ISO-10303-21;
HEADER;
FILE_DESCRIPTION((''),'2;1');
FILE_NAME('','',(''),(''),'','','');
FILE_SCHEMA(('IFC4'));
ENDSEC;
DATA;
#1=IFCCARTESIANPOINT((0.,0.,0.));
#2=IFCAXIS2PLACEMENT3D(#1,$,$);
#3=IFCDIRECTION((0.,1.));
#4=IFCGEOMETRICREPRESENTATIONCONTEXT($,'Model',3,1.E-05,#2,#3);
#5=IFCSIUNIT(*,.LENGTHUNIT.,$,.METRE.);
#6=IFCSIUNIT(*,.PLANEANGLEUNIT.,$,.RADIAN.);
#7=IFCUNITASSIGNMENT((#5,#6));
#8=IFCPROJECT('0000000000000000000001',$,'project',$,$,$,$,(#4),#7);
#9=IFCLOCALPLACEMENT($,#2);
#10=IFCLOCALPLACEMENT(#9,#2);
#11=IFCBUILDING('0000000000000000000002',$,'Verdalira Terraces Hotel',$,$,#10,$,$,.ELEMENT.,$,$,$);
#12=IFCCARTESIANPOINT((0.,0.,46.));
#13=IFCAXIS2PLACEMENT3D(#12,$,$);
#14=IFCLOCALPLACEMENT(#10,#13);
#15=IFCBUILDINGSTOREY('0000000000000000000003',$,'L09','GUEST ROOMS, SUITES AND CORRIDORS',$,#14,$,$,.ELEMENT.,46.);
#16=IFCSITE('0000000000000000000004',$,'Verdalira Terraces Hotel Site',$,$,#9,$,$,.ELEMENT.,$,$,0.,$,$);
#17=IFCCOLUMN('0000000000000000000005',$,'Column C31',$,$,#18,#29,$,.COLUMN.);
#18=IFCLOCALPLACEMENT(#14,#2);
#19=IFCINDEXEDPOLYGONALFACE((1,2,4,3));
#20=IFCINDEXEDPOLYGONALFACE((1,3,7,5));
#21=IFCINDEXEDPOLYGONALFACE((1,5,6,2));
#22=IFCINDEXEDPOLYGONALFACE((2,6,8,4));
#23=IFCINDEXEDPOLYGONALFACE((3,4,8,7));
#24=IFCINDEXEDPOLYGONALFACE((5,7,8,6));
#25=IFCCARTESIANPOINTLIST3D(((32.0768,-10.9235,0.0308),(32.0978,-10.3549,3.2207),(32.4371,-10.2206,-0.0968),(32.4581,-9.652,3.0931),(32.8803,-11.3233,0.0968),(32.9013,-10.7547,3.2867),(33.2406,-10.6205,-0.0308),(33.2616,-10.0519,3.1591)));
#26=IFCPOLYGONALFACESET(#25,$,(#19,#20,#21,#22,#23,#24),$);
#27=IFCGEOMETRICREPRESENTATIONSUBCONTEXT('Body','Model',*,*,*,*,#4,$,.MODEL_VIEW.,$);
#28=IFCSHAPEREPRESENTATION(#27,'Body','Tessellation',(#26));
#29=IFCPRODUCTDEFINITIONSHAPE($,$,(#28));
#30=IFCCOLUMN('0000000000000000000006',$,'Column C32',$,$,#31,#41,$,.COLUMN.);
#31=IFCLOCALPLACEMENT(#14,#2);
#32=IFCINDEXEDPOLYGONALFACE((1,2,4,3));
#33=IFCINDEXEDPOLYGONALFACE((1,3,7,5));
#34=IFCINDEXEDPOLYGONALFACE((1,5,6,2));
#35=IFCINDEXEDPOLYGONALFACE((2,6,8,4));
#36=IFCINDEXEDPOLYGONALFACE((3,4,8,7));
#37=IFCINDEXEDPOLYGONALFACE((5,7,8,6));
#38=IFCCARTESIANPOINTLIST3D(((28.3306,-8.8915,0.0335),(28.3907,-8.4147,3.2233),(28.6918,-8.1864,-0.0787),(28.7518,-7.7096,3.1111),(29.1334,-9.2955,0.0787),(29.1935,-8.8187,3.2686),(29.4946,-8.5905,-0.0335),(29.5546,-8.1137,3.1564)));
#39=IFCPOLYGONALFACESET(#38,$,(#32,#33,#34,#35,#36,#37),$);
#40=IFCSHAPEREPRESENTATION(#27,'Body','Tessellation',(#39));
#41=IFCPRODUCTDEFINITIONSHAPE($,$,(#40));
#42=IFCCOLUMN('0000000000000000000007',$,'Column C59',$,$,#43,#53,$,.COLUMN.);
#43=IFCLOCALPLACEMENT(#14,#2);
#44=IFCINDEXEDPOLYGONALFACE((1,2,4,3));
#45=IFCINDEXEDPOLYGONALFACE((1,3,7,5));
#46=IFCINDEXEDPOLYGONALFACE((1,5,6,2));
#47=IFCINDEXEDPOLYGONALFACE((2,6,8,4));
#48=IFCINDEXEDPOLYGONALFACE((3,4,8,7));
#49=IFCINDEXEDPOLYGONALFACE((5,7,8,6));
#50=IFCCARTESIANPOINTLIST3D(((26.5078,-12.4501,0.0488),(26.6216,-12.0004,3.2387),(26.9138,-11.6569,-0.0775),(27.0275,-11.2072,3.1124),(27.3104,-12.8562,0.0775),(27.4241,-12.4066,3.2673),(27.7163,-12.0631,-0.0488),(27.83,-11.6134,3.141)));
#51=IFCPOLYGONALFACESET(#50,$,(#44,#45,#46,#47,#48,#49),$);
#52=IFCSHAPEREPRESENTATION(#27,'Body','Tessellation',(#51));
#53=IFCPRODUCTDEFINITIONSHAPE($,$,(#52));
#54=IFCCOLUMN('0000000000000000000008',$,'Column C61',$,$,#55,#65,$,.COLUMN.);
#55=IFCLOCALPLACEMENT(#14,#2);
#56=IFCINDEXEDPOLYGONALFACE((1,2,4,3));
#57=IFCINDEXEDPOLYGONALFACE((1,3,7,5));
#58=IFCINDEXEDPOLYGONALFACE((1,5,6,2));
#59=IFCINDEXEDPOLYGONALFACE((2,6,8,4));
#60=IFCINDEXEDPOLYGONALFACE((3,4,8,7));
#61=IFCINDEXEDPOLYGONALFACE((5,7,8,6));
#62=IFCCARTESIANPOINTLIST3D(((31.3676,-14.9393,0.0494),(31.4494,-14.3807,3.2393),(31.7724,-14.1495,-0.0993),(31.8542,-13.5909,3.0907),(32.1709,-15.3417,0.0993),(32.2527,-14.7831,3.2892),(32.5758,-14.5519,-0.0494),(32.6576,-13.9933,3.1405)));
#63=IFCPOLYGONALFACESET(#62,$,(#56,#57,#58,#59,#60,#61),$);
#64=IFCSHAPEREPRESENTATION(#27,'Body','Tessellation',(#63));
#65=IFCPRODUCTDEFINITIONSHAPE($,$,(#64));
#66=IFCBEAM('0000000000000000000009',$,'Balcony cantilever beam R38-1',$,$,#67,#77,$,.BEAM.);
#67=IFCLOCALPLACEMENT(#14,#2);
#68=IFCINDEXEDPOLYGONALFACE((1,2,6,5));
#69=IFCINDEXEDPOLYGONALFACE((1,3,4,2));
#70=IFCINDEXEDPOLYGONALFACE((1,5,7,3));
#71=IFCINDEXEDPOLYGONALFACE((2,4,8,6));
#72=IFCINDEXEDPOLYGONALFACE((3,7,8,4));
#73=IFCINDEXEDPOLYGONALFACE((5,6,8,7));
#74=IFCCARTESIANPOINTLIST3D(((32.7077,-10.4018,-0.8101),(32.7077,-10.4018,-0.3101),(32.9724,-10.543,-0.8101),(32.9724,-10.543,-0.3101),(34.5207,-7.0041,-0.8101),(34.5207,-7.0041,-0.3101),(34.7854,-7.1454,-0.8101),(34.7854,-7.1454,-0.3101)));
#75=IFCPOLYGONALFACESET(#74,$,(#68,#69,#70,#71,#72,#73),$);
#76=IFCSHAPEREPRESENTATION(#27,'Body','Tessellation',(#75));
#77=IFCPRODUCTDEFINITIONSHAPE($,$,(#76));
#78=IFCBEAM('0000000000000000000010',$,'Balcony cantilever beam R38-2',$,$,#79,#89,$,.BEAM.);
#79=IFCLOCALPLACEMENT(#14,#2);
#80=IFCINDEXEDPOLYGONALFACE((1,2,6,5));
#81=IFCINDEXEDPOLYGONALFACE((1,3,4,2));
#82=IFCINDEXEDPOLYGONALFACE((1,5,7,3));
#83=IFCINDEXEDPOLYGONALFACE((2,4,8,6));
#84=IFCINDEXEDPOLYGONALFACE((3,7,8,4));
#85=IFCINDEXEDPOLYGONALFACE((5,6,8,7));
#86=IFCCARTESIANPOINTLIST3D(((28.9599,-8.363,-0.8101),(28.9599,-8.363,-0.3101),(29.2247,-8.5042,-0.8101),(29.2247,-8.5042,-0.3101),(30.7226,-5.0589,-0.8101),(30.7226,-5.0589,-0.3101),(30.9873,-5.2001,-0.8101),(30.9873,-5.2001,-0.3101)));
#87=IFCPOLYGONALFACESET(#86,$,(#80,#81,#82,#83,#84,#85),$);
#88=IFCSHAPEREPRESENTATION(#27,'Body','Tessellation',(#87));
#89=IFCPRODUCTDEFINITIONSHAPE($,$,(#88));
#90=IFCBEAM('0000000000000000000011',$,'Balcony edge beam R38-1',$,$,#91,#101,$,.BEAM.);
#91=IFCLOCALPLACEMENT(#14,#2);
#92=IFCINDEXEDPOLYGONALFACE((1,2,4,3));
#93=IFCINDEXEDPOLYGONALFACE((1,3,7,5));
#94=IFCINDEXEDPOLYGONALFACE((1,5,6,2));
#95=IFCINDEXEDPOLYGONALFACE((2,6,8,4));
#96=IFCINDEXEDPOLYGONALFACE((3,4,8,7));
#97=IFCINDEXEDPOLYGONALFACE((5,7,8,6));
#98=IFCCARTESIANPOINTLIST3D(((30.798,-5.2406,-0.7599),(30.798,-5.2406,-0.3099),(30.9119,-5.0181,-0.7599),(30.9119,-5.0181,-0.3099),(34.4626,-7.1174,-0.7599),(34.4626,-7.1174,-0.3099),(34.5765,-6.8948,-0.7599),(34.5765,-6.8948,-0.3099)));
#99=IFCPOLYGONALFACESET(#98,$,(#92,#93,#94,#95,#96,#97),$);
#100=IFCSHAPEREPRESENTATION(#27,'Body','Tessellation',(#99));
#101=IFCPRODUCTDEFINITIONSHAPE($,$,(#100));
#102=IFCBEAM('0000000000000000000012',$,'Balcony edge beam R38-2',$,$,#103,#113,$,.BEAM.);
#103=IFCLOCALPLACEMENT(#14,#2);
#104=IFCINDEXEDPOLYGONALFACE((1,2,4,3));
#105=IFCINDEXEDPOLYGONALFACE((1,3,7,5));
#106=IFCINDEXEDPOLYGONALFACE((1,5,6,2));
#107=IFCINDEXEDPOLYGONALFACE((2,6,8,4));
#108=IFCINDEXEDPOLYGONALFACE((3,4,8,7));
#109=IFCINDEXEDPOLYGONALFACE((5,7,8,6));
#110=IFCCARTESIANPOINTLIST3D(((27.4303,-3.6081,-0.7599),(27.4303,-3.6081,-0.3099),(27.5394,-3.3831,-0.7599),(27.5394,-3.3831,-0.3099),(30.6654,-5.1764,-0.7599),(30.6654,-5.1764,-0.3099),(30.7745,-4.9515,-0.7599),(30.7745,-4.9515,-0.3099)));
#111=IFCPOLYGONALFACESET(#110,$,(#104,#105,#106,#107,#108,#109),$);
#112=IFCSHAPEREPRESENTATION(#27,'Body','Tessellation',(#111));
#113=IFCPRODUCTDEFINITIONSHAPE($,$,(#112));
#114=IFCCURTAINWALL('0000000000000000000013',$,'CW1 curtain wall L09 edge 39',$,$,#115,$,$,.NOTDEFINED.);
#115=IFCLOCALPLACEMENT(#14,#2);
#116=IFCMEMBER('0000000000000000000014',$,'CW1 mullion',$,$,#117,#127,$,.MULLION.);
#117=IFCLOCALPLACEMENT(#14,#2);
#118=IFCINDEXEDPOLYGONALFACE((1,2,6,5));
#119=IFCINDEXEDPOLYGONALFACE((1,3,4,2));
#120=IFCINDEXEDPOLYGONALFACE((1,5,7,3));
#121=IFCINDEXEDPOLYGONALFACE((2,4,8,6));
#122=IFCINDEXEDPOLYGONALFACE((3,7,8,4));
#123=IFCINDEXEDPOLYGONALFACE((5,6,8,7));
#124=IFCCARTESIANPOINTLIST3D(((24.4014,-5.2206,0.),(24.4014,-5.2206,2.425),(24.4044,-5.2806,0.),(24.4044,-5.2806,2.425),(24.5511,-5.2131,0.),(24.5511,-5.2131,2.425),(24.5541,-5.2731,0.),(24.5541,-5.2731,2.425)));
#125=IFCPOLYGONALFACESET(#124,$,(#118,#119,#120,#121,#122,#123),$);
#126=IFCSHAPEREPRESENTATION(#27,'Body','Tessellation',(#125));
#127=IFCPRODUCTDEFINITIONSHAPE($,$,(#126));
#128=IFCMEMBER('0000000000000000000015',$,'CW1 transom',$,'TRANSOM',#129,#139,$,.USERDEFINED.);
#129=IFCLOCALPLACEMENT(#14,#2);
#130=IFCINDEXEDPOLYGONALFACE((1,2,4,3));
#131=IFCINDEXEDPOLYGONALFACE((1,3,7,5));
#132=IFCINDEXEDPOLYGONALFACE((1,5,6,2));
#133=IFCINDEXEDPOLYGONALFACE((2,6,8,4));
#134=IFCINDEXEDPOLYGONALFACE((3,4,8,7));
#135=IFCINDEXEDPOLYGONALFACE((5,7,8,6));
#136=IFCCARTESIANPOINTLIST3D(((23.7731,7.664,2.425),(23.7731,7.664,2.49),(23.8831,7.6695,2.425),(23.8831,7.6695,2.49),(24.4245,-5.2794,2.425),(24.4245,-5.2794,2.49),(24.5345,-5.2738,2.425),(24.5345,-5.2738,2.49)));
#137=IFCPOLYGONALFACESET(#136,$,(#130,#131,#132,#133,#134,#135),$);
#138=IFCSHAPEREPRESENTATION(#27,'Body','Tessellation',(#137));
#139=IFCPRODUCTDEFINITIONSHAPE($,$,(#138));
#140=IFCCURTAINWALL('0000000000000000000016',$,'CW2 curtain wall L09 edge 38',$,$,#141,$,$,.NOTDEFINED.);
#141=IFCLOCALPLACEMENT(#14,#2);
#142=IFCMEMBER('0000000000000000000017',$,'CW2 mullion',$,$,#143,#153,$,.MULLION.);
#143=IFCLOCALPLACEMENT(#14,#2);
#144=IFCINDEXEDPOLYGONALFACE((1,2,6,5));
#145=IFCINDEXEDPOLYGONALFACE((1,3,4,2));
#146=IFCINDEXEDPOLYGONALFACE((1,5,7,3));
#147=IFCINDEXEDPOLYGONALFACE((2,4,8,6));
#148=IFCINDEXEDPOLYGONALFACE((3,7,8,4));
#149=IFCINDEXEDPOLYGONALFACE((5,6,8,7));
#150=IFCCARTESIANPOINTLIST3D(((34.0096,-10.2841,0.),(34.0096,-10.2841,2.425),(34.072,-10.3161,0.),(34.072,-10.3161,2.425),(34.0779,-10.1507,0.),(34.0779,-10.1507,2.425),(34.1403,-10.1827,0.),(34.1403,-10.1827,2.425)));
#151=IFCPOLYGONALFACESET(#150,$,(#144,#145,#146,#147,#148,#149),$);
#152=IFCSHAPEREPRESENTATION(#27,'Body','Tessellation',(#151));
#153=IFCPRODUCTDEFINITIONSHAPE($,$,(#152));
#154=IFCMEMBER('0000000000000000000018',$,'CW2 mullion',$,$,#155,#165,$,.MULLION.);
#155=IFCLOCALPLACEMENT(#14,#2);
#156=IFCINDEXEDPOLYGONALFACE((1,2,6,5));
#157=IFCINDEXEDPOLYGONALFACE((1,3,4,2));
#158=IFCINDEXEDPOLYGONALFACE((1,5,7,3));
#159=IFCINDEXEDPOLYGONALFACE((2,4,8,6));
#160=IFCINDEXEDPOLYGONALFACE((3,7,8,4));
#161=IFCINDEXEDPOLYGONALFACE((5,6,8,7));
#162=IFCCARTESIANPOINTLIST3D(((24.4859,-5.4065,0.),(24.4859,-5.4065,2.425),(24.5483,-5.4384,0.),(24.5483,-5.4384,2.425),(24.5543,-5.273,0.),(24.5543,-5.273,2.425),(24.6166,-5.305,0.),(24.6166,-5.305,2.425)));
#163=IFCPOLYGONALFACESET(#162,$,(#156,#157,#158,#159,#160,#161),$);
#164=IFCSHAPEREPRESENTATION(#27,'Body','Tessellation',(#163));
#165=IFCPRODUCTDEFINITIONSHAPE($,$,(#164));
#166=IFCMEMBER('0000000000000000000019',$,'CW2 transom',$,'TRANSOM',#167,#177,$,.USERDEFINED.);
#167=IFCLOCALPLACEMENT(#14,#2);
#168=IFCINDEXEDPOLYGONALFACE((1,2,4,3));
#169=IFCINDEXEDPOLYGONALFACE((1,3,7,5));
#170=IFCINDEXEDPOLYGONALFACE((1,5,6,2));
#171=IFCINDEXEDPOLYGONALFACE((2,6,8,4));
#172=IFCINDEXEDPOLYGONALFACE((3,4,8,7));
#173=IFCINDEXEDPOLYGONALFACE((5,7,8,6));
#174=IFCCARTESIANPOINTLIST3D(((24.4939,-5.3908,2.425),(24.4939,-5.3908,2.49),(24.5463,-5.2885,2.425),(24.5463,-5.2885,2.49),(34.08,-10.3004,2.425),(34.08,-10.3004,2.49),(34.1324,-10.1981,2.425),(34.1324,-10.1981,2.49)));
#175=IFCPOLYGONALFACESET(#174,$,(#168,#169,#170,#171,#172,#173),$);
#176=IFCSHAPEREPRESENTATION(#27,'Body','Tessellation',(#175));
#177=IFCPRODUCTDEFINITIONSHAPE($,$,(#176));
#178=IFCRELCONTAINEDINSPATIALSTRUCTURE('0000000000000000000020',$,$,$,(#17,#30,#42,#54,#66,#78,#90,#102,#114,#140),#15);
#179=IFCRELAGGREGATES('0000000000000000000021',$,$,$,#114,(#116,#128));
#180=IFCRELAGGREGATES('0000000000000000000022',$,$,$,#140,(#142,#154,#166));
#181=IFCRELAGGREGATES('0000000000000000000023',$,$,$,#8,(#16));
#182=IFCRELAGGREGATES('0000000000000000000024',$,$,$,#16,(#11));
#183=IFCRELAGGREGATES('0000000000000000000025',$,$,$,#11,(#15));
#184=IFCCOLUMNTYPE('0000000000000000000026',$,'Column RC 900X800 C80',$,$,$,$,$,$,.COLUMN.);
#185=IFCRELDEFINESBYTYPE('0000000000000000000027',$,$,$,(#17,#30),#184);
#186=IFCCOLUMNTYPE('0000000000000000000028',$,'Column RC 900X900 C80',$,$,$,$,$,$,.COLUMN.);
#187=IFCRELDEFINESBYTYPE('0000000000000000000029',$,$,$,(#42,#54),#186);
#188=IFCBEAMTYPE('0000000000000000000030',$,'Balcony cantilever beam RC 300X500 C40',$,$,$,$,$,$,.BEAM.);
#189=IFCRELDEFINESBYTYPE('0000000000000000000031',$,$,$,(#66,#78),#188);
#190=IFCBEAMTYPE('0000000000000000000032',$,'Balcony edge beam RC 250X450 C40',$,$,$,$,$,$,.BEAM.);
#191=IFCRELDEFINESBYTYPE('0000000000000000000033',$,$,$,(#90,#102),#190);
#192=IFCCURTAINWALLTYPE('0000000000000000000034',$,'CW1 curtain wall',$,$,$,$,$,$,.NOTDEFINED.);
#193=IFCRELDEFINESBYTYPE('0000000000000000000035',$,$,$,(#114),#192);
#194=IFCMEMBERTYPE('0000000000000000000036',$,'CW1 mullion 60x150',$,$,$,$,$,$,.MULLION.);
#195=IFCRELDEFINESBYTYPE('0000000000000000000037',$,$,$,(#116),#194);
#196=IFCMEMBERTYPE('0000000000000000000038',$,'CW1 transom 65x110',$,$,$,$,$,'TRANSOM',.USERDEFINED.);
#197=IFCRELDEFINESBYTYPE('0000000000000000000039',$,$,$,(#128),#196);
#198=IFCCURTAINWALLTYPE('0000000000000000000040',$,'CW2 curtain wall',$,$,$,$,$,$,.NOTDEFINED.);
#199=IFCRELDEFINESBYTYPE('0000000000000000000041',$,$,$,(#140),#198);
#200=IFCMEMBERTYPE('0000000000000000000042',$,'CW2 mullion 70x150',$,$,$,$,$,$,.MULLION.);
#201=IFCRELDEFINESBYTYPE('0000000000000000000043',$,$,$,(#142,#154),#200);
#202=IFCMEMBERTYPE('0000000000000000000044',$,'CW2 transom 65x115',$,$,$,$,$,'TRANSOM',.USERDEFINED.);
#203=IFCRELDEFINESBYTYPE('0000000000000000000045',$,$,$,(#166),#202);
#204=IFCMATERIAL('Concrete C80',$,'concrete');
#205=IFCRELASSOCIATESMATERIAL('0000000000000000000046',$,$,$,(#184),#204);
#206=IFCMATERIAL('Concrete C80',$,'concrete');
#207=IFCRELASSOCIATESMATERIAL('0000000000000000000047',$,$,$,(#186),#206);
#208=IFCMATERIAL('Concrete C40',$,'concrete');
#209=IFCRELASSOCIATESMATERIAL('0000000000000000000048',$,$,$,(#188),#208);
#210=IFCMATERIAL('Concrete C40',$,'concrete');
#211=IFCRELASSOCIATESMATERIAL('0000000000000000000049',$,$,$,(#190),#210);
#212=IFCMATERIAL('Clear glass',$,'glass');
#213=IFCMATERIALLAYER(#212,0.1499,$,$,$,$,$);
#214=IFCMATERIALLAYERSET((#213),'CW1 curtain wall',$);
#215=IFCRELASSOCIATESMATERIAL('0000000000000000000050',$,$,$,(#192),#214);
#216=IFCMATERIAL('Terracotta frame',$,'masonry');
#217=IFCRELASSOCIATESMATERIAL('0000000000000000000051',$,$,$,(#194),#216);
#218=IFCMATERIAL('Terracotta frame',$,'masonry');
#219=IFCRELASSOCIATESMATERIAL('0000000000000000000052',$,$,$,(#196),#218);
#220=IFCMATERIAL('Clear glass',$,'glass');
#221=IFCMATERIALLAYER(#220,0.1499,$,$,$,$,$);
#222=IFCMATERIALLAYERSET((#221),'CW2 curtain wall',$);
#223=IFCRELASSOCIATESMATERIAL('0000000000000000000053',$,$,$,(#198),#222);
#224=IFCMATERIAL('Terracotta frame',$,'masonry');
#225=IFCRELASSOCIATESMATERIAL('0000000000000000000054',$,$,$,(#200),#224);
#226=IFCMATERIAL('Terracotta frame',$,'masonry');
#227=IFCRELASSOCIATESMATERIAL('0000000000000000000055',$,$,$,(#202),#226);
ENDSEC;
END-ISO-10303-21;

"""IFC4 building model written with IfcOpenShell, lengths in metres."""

from ifc_helpers import new_model, si_unit, direction, frame, origin, origin_2d, place, context, subcontext, project, spatial, rectangle, extrude, material, layer, layer_set, material_profile, profile_set, type_object, element, aggregate, save


model = new_model("IFC4")

# Units and contexts
model_context = context("Model", 3, precision=1e-05, world=origin(), true_north=direction((0.0, 1.0)))
body_context = subcontext(model_context, "Body", "Model", "MODEL_VIEW")
ifc_project = project(units=[si_unit("LENGTHUNIT", "METRE"), si_unit("PLANEANGLEUNIT", "RADIAN")], contexts=[model_context])

# Site, building, storey
site_placement = place(None, origin())
site = spatial("IfcSite", under=ifc_project, at=site_placement, Name="Verdalira Terraces Hotel Site", CompositionType="ELEMENT", RefElevation=0.0)
building_placement = place(site_placement, origin())
building = spatial("IfcBuilding", under=site, at=building_placement, Name="Verdalira Terraces Hotel", CompositionType="ELEMENT")
storey_placement = place(building_placement, frame((0.0, 0.0, 46.0)))
storey = spatial("IfcBuildingStorey", under=building, at=storey_placement, Name="L09", Description="GUEST ROOMS, SUITES AND CORRIDORS", CompositionType="ELEMENT", Elevation=46.0)

# Columns
ifc_material_1 = material(Name="Concrete C80", Category="concrete")
ifc_material_profile_1 = material_profile(ifc_material_1, rectangle(XDim=0.8999, YDim=0.8, at=origin_2d()), Name="RC 900X800")
ifc_profile_set_1 = profile_set([ifc_material_profile_1], Name="Concrete C80")
column_type_1 = type_object("IfcColumnType", Name="Column RC 900X800 C80", PredefinedType="COLUMN", material=ifc_profile_set_1)
column_1_placement = place(storey_placement, frame((32.6587, -10.772, 0.0), z_axis=(0.00648, 0.175479, 0.984462), x_axis=(-0.892861, 0.444323, -0.073323)))
element("IfcColumn", 1, at=column_1_placement, inside=storey, type_object=column_type_1, Name="Column C31", PredefinedType="COLUMN", context=body_context, shape_type="SweptSolid", body=[
    extrude(rectangle(XDim=0.8999, YDim=0.8, at=origin_2d()), origin(), (0.0, 0.0, 1.0), 3.2402),
])
column_2_placement = place(storey_placement, frame((28.9126, -8.741, 0.0), z_axis=(0.018617, 0.147804, 0.988841), x_axis=(-0.89212, 0.448988, -0.050315)))
element("IfcColumn", 2, at=column_2_placement, inside=storey, type_object=column_type_1, Name="Column C32", PredefinedType="COLUMN", context=body_context, shape_type="SweptSolid", body=[
    extrude(rectangle(XDim=0.8999, YDim=0.8, at=origin_2d()), origin(), (0.0, 0.0, 1.0), 3.2258),
])
ifc_material_2 = material(Name="Concrete C80", Category="concrete")
ifc_material_profile_2 = material_profile(ifc_material_2, rectangle(XDim=0.8999, YDim=0.8999, at=origin_2d()), Name="RC 900X900")
ifc_profile_set_2 = profile_set([ifc_material_profile_2], Name="Concrete C80")
column_type_2 = type_object("IfcColumnType", Name="Column RC 900X900 C80", PredefinedType="COLUMN", material=ifc_profile_set_2)
column_3_placement = place(storey_placement, frame((27.1121, -12.2566, 0.0), z_axis=(0.035294, 0.139509, 0.989592), x_axis=(0.89179, -0.451329, 0.031821)))
element("IfcColumn", 3, at=column_3_placement, inside=storey, type_object=column_type_2, Name="Column C59", PredefinedType="COLUMN", context=body_context, shape_type="SweptSolid", body=[
    extrude(rectangle(XDim=0.8999, YDim=0.8999, at=origin_2d()), origin(), (0.0, 0.0, 1.0), 3.2234),
])
column_4_placement = place(storey_placement, frame((31.9717, -14.7456, 0.0), z_axis=(0.025247, 0.172431, 0.984698), x_axis=(0.892722, -0.447188, 0.055419)))
element("IfcColumn", 4, at=column_4_placement, inside=storey, type_object=column_type_2, Name="Column C61", PredefinedType="COLUMN", context=body_context, shape_type="SweptSolid", body=[
    extrude(rectangle(XDim=0.8999, YDim=0.8999, at=origin_2d()), origin(), (0.0, 0.0, 1.0), 3.2395),
])

# Beams
ifc_material_3 = material(Name="Concrete C40", Category="concrete")
ifc_material_profile_3 = material_profile(ifc_material_3, rectangle(XDim=0.3, YDim=0.5, at=origin_2d()), Name="RC 300X500")
ifc_profile_set_3 = profile_set([ifc_material_profile_3], Name="Concrete C40")
beam_type_1 = type_object("IfcBeamType", Name="Balcony cantilever beam RC 300X500 C40", PredefinedType="BEAM", material=ifc_profile_set_3)
beam_1_placement = place(storey_placement, frame((32.8401, -10.4724, -0.5601), z_axis=(0.470766, 0.882258, 0.0), x_axis=(-0.882258, 0.470766, 0.0)))
element("IfcBeam", 5, at=beam_1_placement, inside=storey, type_object=beam_type_1, Name="Balcony cantilever beam R38-1", PredefinedType="BEAM", context=body_context, shape_type="SweptSolid", body=[
    extrude(rectangle(XDim=0.3, YDim=0.5, at=origin_2d()), origin(), (0.0, 0.0, 1.0), 3.8511),
])
beam_2_placement = place(storey_placement, frame((29.0923, -8.4336, -0.5601), z_axis=(0.470683, 0.882302, 0.0), x_axis=(-0.882302, 0.470683, 0.0)))
element("IfcBeam", 6, at=beam_2_placement, inside=storey, type_object=beam_type_1, Name="Balcony cantilever beam R38-2", PredefinedType="BEAM", context=body_context, shape_type="SweptSolid", body=[
    extrude(rectangle(XDim=0.3, YDim=0.5, at=origin_2d()), origin(), (0.0, 0.0, 1.0), 3.7449),
])
ifc_material_4 = material(Name="Concrete C40", Category="concrete")
ifc_material_profile_4 = material_profile(ifc_material_4, rectangle(XDim=0.25, YDim=0.45, at=origin_2d()), Name="RC 250X450")
ifc_profile_set_4 = profile_set([ifc_material_profile_4], Name="Concrete C40")
beam_type_2 = type_object("IfcBeamType", Name="Balcony edge beam RC 250X450 C40", PredefinedType="BEAM", material=ifc_profile_set_4)
beam_3_placement = place(storey_placement, frame((34.5195, -7.0061, -0.5349), z_axis=(-0.890069, 0.455827, 0.0), x_axis=(-0.455827, -0.890069, 0.0)))
element("IfcBeam", 7, at=beam_3_placement, inside=storey, type_object=beam_type_2, Name="Balcony edge beam R38-1", PredefinedType="BEAM", context=body_context, shape_type="SweptSolid", body=[
    extrude(rectangle(XDim=0.25, YDim=0.45, at=origin_2d()), origin(), (0.0, 0.0, 1.0), 4.1172),
])
beam_4_placement = place(storey_placement, frame((30.72, -5.064, -0.5349), z_axis=(-0.899833, 0.436234, 0.0), x_axis=(-0.436234, -0.899833, 0.0)))
element("IfcBeam", 8, at=beam_4_placement, inside=storey, type_object=beam_type_2, Name="Balcony edge beam R38-2", PredefinedType="BEAM", context=body_context, shape_type="SweptSolid", body=[
    extrude(rectangle(XDim=0.25, YDim=0.45, at=origin_2d()), origin(), (0.0, 0.0, 1.0), 3.5952),
])

# Curtain walls, members
ifc_material_5 = material(Name="Clear glass", Category="glass")
ifc_layer_1 = layer(ifc_material_5, 0.1499)
ifc_layer_set_1 = layer_set([ifc_layer_1], Name="CW1 curtain wall")
curtain_wall_type_1 = type_object("IfcCurtainWallType", Name="CW1 curtain wall", PredefinedType="NOTDEFINED", material=ifc_layer_set_1)
curtain_wall_1_placement = place(storey_placement, origin())
curtain_wall_1 = element("IfcCurtainWall", 9, at=curtain_wall_1_placement, inside=storey, type_object=curtain_wall_type_1, Name="CW1 curtain wall L09 edge 39", PredefinedType="NOTDEFINED")
ifc_material_6 = material(Name="Terracotta frame", Category="masonry")
ifc_material_profile_5 = material_profile(ifc_material_6, rectangle(XDim=0.0601, YDim=0.1499, at=origin_2d()), Name="MU 60x150")
ifc_profile_set_5 = profile_set([ifc_material_profile_5], Name="Terracotta frame")
member_type_1 = type_object("IfcMemberType", Name="CW1 mullion 60x150", PredefinedType="MULLION", material=ifc_profile_set_5)
member_1_placement = place(storey_placement, frame((24.4778, -5.2468, 0.0), z_axis=(0.0, 0.0, 1.0), x_axis=(-0.050244, 0.998737, 0.0)))
member_1 = element("IfcMember", 10, at=member_1_placement, type_object=member_type_1, Name="CW1 mullion", PredefinedType="MULLION", context=body_context, shape_type="SweptSolid", body=[
    extrude(rectangle(XDim=0.0601, YDim=0.1499, at=origin_2d()), origin(), (0.0, 0.0, 1.0), 2.425),
])
ifc_material_7 = material(Name="Terracotta frame", Category="masonry")
ifc_material_profile_6 = material_profile(ifc_material_7, rectangle(XDim=0.1101, YDim=0.0649, at=origin_2d()), Name="TR 65x110")
ifc_profile_set_6 = profile_set([ifc_material_profile_6], Name="Terracotta frame")
member_type_2 = type_object("IfcMemberType", Name="CW1 transom 65x110", ElementType="TRANSOM", PredefinedType="USERDEFINED", material=ifc_profile_set_6)
member_2_placement = place(storey_placement, frame((24.4795, -5.2766, 2.4575), z_axis=(-0.050261, 0.998736, 0.0), x_axis=(-0.998736, -0.050261, 0.0)))
member_2 = element("IfcMember", 11, at=member_2_placement, type_object=member_type_2, Name="CW1 transom", ObjectType="TRANSOM", PredefinedType="USERDEFINED", context=body_context, shape_type="SweptSolid", body=[
    extrude(rectangle(XDim=0.1101, YDim=0.0649, at=origin_2d()), origin(), (0.0, 0.0, 1.0), 12.9597),
])
aggregate(curtain_wall_1, [member_1, member_2])
ifc_material_8 = material(Name="Clear glass", Category="glass")
ifc_layer_2 = layer(ifc_material_8, 0.1499)
ifc_layer_set_2 = layer_set([ifc_layer_2], Name="CW2 curtain wall")
curtain_wall_type_2 = type_object("IfcCurtainWallType", Name="CW2 curtain wall", PredefinedType="NOTDEFINED", material=ifc_layer_set_2)
curtain_wall_2_placement = place(storey_placement, origin())
curtain_wall_2 = element("IfcCurtainWall", 12, at=curtain_wall_2_placement, inside=storey, type_object=curtain_wall_type_2, Name="CW2 curtain wall L09 edge 38", PredefinedType="NOTDEFINED")
ifc_material_9 = material(Name="Terracotta frame", Category="masonry")
ifc_material_profile_7 = material_profile(ifc_material_9, rectangle(XDim=0.0701, YDim=0.1499, at=origin_2d()), Name="MU 70x150")
ifc_profile_set_7 = profile_set([ifc_material_profile_7], Name="Terracotta frame")
member_type_3 = type_object("IfcMemberType", Name="CW2 mullion 70x150", PredefinedType="MULLION", material=ifc_profile_set_7)
member_3_placement = place(storey_placement, frame((34.075, -10.2334, 0.0), z_axis=(0.0, 0.0, 1.0), x_axis=(-0.890054, 0.455856, 0.0)))
member_3 = element("IfcMember", 13, at=member_3_placement, type_object=member_type_3, Name="CW2 mullion", PredefinedType="MULLION", context=body_context, shape_type="SweptSolid", body=[
    extrude(rectangle(XDim=0.0701, YDim=0.1499, at=origin_2d()), origin(), (0.0, 0.0, 1.0), 2.425),
])
member_4_placement = place(storey_placement, frame((24.5513, -5.3557, 0.0), z_axis=(0.0, 0.0, 1.0), x_axis=(-0.890054, 0.455856, 0.0)))
member_4 = element("IfcMember", 14, at=member_4_placement, type_object=member_type_3, Name="CW2 mullion", PredefinedType="MULLION", context=body_context, shape_type="SweptSolid", body=[
    extrude(rectangle(XDim=0.0701, YDim=0.1499, at=origin_2d()), origin(), (0.0, 0.0, 1.0), 2.425),
])
ifc_material_10 = material(Name="Terracotta frame", Category="masonry")
ifc_material_profile_8 = material_profile(ifc_material_10, rectangle(XDim=0.115, YDim=0.0649, at=origin_2d()), Name="TR 65x115")
ifc_profile_set_8 = profile_set([ifc_material_profile_8], Name="Terracotta frame")
member_type_4 = type_object("IfcMemberType", Name="CW2 transom 65x115", ElementType="TRANSOM", PredefinedType="USERDEFINED", material=ifc_profile_set_8)
member_5_placement = place(storey_placement, frame((34.1062, -10.2493, 2.4575), z_axis=(-0.890056, 0.455852, 0.0), x_axis=(-0.455852, -0.890056, 0.0)))
member_5 = element("IfcMember", 15, at=member_5_placement, type_object=member_type_4, Name="CW2 transom", ObjectType="TRANSOM", PredefinedType="USERDEFINED", context=body_context, shape_type="SweptSolid", body=[
    extrude(rectangle(XDim=0.115, YDim=0.0649, at=origin_2d()), origin(), (0.0, 0.0, 1.0), 10.7703),
])

aggregate(curtain_wall_2, [member_3, member_4, member_5])

save(model, "model.ifc")
